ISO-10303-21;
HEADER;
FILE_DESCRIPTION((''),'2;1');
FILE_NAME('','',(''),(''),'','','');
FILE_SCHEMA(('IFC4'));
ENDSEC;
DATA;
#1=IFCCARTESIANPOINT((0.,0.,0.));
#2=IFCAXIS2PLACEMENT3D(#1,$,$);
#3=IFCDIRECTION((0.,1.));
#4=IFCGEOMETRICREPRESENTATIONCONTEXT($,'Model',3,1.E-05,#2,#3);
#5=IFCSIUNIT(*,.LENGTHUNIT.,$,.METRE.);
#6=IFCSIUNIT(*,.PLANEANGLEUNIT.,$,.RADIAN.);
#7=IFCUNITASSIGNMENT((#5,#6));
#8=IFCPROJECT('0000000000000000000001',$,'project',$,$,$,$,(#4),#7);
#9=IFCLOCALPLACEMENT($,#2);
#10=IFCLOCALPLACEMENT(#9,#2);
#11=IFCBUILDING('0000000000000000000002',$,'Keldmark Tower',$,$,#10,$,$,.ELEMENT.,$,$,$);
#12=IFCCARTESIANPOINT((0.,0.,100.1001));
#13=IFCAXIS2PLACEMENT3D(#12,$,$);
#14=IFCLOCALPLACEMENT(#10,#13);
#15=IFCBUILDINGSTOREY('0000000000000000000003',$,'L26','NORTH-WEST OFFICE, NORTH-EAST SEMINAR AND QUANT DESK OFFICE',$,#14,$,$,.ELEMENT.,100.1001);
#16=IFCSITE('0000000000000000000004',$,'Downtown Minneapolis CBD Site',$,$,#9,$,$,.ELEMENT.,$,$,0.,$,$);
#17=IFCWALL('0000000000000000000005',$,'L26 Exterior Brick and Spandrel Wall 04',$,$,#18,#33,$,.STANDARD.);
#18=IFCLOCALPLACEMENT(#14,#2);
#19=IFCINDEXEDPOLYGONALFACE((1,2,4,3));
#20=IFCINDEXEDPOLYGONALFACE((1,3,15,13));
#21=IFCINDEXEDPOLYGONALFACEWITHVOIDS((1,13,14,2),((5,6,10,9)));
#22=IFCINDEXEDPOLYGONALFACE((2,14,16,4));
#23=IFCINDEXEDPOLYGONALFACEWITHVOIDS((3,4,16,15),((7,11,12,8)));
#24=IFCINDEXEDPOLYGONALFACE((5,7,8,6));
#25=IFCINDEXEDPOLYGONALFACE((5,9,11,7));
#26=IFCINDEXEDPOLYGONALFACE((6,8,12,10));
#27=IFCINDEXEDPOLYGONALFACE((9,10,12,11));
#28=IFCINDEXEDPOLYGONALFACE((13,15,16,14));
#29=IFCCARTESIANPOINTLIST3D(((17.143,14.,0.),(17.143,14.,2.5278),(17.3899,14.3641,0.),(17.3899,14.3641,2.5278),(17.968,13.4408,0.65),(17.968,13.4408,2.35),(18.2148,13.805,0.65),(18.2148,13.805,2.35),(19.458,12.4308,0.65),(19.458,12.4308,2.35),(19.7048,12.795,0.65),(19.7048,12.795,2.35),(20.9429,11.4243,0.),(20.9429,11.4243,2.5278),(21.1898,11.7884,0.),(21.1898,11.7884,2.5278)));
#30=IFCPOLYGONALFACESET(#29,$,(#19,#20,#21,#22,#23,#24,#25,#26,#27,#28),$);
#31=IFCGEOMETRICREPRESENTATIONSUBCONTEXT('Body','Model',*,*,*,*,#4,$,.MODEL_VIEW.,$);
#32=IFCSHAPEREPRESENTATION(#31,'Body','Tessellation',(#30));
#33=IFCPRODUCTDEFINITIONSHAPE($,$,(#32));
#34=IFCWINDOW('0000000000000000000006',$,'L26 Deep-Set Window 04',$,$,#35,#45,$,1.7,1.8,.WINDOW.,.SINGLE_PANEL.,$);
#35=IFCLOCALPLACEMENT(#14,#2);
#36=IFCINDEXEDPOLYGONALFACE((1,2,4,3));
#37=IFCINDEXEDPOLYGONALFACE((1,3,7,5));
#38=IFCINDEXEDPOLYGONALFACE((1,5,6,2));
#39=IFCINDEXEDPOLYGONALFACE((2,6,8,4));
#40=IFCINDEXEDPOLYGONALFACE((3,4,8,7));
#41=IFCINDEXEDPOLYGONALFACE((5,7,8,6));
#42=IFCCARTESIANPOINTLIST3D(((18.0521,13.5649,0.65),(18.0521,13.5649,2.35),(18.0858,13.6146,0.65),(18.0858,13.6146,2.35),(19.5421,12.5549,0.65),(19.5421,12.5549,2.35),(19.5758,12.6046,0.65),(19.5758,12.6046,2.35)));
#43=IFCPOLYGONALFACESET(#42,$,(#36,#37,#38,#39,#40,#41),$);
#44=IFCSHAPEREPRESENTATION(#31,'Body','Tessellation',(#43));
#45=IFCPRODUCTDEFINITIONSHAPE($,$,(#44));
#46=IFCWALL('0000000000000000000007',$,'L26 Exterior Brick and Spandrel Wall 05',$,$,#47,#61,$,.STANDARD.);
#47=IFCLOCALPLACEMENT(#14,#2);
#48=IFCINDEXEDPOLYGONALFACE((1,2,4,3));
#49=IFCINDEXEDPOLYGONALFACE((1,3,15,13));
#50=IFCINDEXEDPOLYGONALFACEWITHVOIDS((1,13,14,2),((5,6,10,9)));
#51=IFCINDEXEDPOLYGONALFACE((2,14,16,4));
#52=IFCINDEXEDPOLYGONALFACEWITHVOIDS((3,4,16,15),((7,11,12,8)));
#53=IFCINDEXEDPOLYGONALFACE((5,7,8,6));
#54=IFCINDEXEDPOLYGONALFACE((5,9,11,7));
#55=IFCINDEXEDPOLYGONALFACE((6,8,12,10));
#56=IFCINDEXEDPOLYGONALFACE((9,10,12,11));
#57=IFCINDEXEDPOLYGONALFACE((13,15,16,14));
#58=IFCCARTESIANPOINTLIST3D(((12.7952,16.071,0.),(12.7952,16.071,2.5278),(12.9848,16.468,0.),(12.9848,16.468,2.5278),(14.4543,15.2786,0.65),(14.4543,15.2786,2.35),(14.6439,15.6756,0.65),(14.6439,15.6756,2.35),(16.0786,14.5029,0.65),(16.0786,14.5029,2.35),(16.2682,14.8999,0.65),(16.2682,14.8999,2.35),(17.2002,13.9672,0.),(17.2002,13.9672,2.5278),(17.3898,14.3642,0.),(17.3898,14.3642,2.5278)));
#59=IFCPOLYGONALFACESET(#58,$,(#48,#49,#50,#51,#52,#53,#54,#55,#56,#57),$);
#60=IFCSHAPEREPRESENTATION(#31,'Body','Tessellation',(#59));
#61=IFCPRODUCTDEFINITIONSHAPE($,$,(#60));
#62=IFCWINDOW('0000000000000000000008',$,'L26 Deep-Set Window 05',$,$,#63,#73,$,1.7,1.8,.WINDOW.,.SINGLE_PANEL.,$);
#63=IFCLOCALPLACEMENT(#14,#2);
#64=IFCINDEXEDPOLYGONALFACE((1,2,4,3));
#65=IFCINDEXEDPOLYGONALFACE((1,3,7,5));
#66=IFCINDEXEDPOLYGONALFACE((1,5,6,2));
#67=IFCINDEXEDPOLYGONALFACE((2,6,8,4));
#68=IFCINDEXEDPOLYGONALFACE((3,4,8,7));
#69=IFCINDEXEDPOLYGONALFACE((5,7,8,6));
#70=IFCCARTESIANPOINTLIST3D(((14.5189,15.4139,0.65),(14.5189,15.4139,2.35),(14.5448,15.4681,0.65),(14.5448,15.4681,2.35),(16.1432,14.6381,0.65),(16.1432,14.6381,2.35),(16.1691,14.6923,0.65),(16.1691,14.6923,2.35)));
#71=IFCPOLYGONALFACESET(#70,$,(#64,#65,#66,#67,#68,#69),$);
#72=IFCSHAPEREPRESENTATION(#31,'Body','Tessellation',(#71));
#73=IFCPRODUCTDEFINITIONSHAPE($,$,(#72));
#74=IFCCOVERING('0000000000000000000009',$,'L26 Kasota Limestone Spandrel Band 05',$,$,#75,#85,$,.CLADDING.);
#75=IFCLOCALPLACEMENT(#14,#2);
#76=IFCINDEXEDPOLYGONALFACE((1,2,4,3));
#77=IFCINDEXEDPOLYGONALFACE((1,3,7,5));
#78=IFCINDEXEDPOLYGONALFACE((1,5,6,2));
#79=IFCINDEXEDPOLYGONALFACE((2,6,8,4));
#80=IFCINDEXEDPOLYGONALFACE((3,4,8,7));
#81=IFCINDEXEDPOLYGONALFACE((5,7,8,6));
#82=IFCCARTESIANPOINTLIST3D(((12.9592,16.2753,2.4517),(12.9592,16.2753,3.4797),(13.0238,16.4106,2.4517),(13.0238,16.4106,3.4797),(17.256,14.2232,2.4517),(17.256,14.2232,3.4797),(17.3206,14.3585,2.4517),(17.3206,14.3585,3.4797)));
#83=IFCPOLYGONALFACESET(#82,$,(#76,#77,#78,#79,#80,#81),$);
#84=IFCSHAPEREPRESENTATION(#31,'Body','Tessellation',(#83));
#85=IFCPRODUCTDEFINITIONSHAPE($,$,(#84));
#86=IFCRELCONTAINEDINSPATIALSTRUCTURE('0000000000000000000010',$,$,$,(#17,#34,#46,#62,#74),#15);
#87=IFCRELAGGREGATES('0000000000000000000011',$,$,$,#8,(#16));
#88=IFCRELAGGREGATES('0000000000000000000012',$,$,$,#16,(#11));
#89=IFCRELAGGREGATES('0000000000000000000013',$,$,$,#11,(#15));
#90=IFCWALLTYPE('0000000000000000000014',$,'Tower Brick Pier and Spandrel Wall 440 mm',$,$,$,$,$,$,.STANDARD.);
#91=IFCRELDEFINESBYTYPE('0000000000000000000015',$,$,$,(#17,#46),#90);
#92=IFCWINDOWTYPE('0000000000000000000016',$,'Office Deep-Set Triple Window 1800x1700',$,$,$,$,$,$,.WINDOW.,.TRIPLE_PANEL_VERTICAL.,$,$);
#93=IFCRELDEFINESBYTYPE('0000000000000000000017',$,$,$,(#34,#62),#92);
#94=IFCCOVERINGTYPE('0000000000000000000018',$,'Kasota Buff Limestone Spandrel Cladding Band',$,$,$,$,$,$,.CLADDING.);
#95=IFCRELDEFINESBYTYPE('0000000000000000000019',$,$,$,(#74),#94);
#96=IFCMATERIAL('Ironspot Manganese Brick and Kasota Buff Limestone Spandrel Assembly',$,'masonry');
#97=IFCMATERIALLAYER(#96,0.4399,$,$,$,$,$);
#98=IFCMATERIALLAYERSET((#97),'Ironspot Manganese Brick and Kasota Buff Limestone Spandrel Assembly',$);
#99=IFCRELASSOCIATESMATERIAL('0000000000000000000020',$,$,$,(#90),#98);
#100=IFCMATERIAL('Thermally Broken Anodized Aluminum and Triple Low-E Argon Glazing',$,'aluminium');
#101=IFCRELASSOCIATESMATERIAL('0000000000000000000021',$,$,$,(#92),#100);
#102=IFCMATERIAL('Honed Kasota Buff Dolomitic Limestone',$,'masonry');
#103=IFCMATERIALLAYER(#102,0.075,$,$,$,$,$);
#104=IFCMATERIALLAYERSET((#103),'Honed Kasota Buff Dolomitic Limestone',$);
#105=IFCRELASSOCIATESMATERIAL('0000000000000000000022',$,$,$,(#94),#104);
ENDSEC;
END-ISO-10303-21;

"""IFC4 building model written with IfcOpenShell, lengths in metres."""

from ifc_helpers import new_model, si_unit, direction, frame, frame_2d, origin, origin_2d, place, context, subcontext, project, spatial, rectangle, extrude, material, layer, layer_set, type_object, element, fill, save


model = new_model("IFC4")

# Units and contexts
model_context = context("Model", 3, precision=1e-05, world=origin(), true_north=direction((0.0, 1.0)))
body_context = subcontext(model_context, "Body", "Model", "MODEL_VIEW")
ifc_project = project(units=[si_unit("LENGTHUNIT", "METRE"), si_unit("PLANEANGLEUNIT", "RADIAN")], contexts=[model_context])

# Site, building, storey
site_placement = place(None, origin())
site = spatial("IfcSite", under=ifc_project, at=site_placement, Name="Downtown Minneapolis CBD Site", CompositionType="ELEMENT", RefElevation=0.0)
building_placement = place(site_placement, origin())
building = spatial("IfcBuilding", under=site, at=building_placement, Name="Keldmark Tower", CompositionType="ELEMENT")
storey_placement = place(building_placement, frame((0.0, 0.0, 100.1001)))
storey = spatial("IfcBuildingStorey", under=building, at=storey_placement, Name="L26", Description="NORTH-WEST OFFICE, NORTH-EAST SEMINAR AND QUANT DESK OFFICE", CompositionType="ELEMENT", Elevation=100.1001)

# Walls, openings, windows
ifc_material_1 = material(Name="Ironspot Manganese Brick and Kasota Buff Limestone Spandrel Assembly", Category="masonry")
ifc_layer_1 = layer(ifc_material_1, 0.4399)
ifc_layer_set_1 = layer_set([ifc_layer_1], Name="Ironspot Manganese Brick and Kasota Buff Limestone Spandrel Assembly")
wall_type = type_object("IfcWallType", Name="Tower Brick Pier and Spandrel Wall 440 mm", PredefinedType="STANDARD", material=ifc_layer_set_1)
ifc_material_2 = material(Name="Thermally Broken Anodized Aluminum and Triple Low-E Argon Glazing", Category="aluminium")
window_type_1 = type_object("IfcWindowType", Name="Office Deep-Set Triple Window 1800x1700", PartitioningType="TRIPLE_PANEL_VERTICAL", PredefinedType="WINDOW", material=ifc_material_2)
wall_1_placement = place(storey_placement, frame((17.2664, 14.1821, 0.0), z_axis=(0.0, 0.0, 1.0), x_axis=(0.827755, -0.56109, 0.0)))
wall_1 = element("IfcWall", 1, at=wall_1_placement, inside=storey, type_object=wall_type, Name="L26 Exterior Brick and Spandrel Wall 04", PredefinedType="STANDARD", context=body_context, shape_type="SweptSolid", body=[
    extrude(rectangle(XDim=4.5906, YDim=0.4399, at=frame_2d((2.2954, 0.0))), origin(), (0.0, 0.0, 1.0), 2.5278),
])
opening_1_placement = place(wall_1_placement, frame((0.9968, 0.0, 0.6499)))
opening_1 = element("IfcOpeningElement", 2, at=opening_1_placement, cuts=wall_1, PredefinedType="OPENING", context=body_context, shape_type="SweptSolid", body=[
    extrude(rectangle(XDim=1.8, YDim=1.7, at=frame_2d((0.8999, 0.8501))), frame((0.0, 0.23, 0.0), z_axis=(0.0, -1.0, 0.0), x_axis=(1.0, 0.0, 0.0)), (0.0, 0.0, 1.0), 0.46),
])
window_1_placement = place(opening_1_placement, origin())
window_1 = element("IfcWindow", 3, at=window_1_placement, inside=storey, type_object=window_type_1, Name="L26 Deep-Set Window 04", OverallHeight=1.7, OverallWidth=1.8, PartitioningType="SINGLE_PANEL", PredefinedType="WINDOW", context=body_context, shape_type="SweptSolid", body=[
    extrude(rectangle(XDim=1.8, YDim=1.7, at=frame_2d((0.8999, 0.8501))), frame((0.0, -0.01, 0.0), z_axis=(0.0, -1.0, 0.0), x_axis=(1.0, 0.0, 0.0)), (0.0, 0.0, 1.0), 0.0601),
])
fill(opening_1, window_1)
wall_2_placement = place(storey_placement, frame((12.8899, 16.2695, 0.0), z_axis=(0.0, 0.0, 1.0), x_axis=(0.902373, -0.430956, 0.0)))
wall_2 = element("IfcWall", 4, at=wall_2_placement, inside=storey, type_object=wall_type, Name="L26 Exterior Brick and Spandrel Wall 05", PredefinedType="STANDARD", context=body_context, shape_type="SweptSolid", body=[
    extrude(rectangle(XDim=4.8816, YDim=0.4399, at=frame_2d((2.4409, 0.0))), origin(), (0.0, 0.0, 1.0), 2.5278),
])
opening_2_placement = place(wall_2_placement, frame((1.8389, 0.0, 0.6499)))
opening_2 = element("IfcOpeningElement", 5, at=opening_2_placement, cuts=wall_2, PredefinedType="OPENING", context=body_context, shape_type="SweptSolid", body=[
    extrude(rectangle(XDim=1.8, YDim=1.7, at=frame_2d((0.8999, 0.8501))), frame((0.0, 0.23, 0.0), z_axis=(0.0, -1.0, 0.0), x_axis=(1.0, 0.0, 0.0)), (0.0, 0.0, 1.0), 0.46),
])
window_2_placement = place(opening_2_placement, origin())
window_2 = element("IfcWindow", 6, at=window_2_placement, inside=storey, type_object=window_type_1, Name="L26 Deep-Set Window 05", OverallHeight=1.7, OverallWidth=1.8, PartitioningType="SINGLE_PANEL", PredefinedType="WINDOW", context=body_context, shape_type="SweptSolid", body=[
    extrude(rectangle(XDim=1.8, YDim=1.7, at=frame_2d((0.8999, 0.8501))), frame((0.0, -0.01, 0.0), z_axis=(0.0, -1.0, 0.0), x_axis=(1.0, 0.0, 0.0)), (0.0, 0.0, 1.0), 0.0601),
])
fill(opening_2, window_2)

# Covering
ifc_material_3 = material(Name="Honed Kasota Buff Dolomitic Limestone", Category="masonry")
ifc_layer_2 = layer(ifc_material_3, 0.075)
ifc_layer_set_2 = layer_set([ifc_layer_2], Name="Honed Kasota Buff Dolomitic Limestone")
covering_type = type_object("IfcCoveringType", Name="Kasota Buff Limestone Spandrel Cladding Band", PredefinedType="CLADDING", material=ifc_layer_set_2)
covering_placement = place(storey_placement, frame((15.1399, 15.3169, 2.4517), z_axis=(0.0, 0.0, 1.0), x_axis=(-0.902367, 0.430968, 0.0)))
element("IfcCovering", 7, at=covering_placement, inside=storey, type_object=covering_type, Name="L26 Kasota Limestone Spandrel Band 05", PredefinedType="CLADDING", context=body_context, shape_type="SweptSolid", body=[
    extrude(rectangle(XDim=4.7617, YDim=0.1499, at=origin_2d()), origin(), (0.0, 0.0, 1.0), 1.0281),
])

save(model, "model.ifc")
